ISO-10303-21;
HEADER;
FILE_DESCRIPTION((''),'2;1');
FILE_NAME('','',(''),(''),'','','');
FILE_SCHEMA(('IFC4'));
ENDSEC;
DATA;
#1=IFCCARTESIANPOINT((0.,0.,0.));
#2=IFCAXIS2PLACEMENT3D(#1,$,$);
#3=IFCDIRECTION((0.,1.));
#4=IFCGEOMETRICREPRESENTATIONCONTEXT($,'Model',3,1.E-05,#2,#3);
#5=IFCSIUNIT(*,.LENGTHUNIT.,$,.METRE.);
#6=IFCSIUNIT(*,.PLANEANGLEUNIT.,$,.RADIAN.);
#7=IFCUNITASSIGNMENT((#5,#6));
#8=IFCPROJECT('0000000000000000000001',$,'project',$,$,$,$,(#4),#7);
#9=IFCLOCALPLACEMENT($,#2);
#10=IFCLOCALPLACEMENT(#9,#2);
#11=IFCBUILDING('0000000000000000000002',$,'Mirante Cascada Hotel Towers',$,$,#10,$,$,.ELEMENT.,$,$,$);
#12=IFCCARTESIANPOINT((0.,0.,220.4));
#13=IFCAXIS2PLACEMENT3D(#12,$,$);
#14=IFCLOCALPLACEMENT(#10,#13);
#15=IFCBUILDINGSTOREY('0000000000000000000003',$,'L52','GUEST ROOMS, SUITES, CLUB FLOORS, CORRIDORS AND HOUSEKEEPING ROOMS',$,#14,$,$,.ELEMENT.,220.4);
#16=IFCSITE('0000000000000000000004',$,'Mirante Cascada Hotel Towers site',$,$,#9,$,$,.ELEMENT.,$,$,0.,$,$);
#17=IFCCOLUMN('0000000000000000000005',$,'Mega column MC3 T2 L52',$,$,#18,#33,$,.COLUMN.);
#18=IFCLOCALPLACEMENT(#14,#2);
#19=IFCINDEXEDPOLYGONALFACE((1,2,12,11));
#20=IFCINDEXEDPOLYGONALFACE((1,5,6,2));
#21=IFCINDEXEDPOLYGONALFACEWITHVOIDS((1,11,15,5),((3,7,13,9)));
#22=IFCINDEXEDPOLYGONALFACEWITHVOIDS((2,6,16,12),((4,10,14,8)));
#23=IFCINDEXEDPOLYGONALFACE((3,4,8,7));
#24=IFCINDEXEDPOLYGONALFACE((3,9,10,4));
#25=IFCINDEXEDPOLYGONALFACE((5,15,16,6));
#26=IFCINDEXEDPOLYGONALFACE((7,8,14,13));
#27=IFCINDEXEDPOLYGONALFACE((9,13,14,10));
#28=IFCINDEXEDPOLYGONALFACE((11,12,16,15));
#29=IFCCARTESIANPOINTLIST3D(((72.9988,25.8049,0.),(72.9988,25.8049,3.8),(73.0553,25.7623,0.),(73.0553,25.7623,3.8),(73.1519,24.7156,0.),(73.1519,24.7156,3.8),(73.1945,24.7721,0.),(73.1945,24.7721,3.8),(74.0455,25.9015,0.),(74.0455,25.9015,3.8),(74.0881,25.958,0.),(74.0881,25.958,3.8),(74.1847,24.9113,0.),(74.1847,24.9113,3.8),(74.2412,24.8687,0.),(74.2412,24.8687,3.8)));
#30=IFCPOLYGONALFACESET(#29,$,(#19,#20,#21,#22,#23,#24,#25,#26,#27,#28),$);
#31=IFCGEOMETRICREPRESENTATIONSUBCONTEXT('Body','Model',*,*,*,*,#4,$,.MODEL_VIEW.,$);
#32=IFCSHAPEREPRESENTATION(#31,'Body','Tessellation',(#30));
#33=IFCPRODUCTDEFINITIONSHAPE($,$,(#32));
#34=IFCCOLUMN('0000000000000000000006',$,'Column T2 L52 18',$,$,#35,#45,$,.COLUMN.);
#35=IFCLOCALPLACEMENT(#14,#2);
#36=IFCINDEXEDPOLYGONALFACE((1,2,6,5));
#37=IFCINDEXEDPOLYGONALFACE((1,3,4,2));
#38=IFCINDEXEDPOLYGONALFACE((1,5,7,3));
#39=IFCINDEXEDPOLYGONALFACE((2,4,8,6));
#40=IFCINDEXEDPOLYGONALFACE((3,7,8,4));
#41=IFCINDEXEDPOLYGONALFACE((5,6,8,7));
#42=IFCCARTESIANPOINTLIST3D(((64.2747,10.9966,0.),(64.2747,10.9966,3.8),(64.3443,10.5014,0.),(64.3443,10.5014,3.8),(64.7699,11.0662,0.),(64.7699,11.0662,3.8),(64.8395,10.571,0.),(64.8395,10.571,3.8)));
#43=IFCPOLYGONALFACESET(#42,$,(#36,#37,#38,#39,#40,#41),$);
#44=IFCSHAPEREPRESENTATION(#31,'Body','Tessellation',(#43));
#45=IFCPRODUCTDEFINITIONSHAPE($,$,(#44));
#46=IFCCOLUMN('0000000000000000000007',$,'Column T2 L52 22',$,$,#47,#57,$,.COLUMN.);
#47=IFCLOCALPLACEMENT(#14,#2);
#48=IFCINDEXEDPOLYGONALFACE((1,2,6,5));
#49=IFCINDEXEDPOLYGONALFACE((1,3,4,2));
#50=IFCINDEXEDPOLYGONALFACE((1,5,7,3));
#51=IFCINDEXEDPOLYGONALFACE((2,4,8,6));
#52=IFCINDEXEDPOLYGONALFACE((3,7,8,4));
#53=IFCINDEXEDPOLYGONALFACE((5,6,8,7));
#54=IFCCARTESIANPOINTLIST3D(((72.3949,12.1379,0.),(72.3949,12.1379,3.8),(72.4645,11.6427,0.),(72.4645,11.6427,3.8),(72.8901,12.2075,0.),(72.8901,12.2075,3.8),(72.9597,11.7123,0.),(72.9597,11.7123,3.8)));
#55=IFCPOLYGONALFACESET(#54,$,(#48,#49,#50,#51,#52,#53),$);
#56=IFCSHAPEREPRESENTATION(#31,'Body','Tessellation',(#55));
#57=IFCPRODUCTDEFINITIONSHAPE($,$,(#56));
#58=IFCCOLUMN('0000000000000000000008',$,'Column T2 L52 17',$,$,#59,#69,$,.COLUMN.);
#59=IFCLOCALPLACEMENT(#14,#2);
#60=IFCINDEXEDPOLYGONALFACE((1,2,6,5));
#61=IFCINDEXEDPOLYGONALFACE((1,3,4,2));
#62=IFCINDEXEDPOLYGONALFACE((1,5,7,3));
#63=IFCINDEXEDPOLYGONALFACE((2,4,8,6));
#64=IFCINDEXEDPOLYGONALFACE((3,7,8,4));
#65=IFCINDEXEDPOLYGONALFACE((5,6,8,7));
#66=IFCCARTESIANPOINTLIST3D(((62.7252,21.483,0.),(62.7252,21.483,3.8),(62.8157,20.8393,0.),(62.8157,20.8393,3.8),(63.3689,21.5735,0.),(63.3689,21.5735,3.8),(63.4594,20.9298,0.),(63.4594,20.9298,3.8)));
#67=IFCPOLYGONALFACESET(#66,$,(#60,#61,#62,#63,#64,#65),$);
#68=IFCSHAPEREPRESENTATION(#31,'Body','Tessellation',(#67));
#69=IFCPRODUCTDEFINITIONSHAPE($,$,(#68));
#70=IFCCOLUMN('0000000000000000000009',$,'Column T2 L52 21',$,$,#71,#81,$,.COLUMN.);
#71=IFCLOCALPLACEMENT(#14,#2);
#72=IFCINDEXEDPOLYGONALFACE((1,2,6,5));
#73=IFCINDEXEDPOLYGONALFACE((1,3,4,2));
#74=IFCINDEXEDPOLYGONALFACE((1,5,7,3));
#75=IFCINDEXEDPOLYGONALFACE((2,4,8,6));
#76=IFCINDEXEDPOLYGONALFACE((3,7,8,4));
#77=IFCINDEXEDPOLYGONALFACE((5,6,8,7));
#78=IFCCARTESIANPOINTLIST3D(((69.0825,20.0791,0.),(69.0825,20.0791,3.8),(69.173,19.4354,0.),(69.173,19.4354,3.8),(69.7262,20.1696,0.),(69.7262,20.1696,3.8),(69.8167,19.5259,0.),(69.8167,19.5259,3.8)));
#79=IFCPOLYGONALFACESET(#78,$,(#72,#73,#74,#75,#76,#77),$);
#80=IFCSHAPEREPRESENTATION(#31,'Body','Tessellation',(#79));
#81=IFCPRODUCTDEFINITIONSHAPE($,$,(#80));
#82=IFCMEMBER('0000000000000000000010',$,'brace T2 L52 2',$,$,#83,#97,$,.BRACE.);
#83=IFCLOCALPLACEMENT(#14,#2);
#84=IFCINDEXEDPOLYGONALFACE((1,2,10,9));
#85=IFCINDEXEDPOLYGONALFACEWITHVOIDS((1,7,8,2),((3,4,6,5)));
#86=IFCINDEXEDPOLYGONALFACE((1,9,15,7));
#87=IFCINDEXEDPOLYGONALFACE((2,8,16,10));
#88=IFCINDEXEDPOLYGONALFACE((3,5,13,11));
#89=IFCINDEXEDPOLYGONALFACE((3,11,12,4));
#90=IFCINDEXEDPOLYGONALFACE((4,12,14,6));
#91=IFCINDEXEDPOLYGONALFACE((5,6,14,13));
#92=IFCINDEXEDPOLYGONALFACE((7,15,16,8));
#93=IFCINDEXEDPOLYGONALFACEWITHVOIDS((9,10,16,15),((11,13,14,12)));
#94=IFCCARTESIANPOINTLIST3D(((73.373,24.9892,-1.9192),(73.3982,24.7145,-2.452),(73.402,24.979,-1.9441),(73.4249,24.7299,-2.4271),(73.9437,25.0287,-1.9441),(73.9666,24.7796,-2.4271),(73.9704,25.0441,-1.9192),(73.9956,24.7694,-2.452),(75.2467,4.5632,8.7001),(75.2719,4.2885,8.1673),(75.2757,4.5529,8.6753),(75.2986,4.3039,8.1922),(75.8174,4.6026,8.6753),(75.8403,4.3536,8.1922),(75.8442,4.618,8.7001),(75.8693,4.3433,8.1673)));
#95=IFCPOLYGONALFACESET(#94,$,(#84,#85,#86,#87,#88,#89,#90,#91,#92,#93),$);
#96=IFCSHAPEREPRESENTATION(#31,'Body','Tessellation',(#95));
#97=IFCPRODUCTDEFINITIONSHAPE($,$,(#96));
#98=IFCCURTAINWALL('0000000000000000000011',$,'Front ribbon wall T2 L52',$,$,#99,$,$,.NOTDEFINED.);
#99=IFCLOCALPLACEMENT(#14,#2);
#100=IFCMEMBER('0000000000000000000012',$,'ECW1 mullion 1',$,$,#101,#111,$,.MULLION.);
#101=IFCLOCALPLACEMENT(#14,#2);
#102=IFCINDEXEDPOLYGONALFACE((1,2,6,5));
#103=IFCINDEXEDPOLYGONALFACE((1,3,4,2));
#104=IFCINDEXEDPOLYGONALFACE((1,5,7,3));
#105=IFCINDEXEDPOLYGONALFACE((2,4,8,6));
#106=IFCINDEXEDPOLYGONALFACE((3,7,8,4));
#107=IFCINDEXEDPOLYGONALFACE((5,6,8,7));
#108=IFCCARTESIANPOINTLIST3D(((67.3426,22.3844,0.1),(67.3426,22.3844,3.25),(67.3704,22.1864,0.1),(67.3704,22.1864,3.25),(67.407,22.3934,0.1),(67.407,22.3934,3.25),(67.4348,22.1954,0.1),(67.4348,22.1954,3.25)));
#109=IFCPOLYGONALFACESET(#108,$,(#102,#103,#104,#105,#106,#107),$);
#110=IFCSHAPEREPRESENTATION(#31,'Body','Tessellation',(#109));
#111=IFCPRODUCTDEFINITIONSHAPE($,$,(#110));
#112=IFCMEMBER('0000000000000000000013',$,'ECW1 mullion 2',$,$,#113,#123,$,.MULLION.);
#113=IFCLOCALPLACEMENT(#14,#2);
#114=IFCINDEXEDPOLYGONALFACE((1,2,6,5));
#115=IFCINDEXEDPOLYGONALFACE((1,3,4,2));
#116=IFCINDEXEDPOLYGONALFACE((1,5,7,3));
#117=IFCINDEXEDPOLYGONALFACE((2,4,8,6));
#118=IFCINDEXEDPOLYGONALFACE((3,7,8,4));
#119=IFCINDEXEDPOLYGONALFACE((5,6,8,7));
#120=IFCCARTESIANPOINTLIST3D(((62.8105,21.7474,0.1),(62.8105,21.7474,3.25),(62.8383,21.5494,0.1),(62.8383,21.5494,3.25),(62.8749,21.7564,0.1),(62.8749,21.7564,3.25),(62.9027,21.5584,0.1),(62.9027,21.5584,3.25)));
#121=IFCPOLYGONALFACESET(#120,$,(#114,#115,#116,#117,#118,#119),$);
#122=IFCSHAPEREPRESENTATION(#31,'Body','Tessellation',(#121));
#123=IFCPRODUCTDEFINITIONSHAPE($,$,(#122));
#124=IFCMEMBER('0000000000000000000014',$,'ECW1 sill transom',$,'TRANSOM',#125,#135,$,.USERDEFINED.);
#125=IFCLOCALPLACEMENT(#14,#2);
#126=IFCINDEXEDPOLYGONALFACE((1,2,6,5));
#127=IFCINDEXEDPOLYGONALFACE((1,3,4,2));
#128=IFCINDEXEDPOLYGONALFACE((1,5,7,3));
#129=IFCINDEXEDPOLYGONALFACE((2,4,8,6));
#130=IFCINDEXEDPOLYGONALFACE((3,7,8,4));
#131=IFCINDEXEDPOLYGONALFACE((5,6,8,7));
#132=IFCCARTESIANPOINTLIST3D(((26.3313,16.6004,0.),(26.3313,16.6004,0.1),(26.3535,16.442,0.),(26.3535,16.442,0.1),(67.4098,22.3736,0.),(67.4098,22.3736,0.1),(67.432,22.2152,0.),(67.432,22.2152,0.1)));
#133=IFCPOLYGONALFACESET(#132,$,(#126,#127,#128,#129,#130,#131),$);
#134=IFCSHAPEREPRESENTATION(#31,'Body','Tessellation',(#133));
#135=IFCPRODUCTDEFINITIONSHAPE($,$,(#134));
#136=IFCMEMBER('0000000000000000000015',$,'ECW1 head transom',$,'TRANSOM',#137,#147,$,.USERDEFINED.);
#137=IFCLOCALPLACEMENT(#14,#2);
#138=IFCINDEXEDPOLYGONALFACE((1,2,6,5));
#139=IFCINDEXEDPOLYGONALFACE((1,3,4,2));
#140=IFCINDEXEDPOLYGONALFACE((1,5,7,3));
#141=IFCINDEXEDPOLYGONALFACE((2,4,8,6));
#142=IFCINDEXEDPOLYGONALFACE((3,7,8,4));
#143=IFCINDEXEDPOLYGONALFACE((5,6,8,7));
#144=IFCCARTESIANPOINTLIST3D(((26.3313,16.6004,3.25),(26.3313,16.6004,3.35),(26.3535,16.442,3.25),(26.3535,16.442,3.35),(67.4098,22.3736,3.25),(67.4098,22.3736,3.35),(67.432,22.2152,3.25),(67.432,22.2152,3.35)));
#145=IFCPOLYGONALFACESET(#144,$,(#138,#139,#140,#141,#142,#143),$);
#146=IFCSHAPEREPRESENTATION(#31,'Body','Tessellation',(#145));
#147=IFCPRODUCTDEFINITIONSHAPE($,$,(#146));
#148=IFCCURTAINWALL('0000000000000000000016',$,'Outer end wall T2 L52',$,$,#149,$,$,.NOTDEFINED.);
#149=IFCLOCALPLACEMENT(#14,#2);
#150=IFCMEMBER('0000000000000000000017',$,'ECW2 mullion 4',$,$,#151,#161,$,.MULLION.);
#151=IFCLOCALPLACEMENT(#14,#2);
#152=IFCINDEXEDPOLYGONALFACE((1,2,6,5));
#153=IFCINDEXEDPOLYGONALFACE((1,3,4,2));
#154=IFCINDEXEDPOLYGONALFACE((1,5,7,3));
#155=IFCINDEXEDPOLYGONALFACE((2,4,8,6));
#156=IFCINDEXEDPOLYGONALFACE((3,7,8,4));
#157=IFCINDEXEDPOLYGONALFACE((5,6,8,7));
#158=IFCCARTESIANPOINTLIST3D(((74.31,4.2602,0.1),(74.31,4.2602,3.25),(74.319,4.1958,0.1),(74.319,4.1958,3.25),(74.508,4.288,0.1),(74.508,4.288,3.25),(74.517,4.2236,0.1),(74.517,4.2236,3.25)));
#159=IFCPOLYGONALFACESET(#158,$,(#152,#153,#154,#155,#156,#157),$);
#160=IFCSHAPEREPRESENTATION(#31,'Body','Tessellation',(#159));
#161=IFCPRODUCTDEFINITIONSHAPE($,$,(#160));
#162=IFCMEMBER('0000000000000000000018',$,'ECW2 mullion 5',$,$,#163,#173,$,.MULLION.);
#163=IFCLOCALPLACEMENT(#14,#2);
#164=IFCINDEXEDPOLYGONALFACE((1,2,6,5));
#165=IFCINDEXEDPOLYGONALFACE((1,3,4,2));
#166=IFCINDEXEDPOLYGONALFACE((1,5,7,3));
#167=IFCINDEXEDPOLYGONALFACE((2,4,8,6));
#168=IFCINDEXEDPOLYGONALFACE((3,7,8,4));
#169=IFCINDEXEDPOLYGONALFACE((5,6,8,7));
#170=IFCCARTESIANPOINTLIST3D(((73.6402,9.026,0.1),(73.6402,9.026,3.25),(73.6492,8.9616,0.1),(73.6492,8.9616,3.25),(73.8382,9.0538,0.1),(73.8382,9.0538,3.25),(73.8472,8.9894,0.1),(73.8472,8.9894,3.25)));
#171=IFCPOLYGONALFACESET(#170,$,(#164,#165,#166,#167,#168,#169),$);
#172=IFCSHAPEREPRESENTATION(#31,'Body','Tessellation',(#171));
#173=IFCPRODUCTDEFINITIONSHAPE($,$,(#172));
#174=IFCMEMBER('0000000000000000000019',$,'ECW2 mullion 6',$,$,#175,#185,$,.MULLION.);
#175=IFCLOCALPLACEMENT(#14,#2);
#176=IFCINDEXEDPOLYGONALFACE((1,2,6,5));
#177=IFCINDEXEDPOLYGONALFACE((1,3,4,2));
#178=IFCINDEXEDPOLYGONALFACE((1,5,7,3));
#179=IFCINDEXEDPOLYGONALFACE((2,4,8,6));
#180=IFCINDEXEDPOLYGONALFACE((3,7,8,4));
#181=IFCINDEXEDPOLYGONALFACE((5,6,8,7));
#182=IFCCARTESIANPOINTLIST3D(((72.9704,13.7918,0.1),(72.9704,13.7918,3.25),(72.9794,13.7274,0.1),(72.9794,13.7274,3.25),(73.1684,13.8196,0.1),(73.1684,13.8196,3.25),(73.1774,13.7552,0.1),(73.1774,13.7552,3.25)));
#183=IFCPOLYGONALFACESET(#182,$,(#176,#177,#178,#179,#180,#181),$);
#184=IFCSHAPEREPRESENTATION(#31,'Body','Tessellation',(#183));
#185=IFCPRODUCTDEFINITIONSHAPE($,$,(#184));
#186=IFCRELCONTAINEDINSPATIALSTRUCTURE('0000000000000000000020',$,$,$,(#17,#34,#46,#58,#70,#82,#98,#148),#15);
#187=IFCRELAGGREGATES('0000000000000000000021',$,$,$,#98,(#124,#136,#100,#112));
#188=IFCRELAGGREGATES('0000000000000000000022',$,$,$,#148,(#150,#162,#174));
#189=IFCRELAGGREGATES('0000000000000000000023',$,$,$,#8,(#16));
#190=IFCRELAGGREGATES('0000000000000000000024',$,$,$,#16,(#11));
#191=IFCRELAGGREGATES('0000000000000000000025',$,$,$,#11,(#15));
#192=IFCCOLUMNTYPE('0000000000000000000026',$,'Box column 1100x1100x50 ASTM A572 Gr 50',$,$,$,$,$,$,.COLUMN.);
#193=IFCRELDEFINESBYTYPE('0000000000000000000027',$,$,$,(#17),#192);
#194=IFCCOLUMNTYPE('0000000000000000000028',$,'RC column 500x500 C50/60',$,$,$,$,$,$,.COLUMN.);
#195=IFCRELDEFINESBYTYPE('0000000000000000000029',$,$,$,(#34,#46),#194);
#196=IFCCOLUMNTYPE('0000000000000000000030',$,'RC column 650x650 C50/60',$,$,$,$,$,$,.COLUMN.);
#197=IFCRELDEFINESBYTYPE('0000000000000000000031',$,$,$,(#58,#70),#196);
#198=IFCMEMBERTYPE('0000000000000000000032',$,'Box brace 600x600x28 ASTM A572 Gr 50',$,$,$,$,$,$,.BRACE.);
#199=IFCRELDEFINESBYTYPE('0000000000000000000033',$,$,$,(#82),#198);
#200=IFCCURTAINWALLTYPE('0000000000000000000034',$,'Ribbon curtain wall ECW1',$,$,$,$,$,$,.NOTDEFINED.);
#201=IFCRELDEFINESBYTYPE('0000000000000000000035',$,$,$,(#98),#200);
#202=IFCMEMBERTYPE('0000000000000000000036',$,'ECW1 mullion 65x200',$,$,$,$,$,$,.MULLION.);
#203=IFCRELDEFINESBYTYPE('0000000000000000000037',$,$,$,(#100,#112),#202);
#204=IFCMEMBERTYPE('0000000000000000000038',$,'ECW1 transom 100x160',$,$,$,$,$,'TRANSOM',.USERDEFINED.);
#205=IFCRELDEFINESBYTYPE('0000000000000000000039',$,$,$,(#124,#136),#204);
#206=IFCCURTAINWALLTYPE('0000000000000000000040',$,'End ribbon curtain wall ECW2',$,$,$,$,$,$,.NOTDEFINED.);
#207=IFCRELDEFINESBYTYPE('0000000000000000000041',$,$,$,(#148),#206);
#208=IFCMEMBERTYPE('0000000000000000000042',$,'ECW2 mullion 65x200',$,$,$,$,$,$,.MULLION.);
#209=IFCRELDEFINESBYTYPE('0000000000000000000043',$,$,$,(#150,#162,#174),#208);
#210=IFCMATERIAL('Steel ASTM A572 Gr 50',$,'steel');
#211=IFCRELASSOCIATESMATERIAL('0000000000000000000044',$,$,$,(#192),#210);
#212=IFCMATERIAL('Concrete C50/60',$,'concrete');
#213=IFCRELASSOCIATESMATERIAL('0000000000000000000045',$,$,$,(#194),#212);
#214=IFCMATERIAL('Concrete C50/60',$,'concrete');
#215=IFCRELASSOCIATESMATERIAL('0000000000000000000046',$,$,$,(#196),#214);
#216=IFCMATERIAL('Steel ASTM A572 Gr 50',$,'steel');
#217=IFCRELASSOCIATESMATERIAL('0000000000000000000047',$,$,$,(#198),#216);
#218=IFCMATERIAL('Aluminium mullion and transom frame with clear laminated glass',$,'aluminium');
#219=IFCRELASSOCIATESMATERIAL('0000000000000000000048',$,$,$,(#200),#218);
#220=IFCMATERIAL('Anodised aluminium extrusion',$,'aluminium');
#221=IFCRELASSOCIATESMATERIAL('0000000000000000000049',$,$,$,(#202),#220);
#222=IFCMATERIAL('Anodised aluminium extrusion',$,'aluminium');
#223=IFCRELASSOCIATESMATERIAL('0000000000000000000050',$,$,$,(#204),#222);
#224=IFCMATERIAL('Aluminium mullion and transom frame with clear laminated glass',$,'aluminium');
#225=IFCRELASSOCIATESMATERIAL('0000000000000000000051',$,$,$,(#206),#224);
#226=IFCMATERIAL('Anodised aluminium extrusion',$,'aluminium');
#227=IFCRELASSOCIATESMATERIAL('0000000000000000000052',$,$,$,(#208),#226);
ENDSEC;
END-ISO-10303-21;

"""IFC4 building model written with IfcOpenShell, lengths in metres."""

from ifc_helpers import new_model, si_unit, direction, frame, origin, origin_2d, place, context, subcontext, project, spatial, rectangle, hollow_rectangle, extrude, material, material_profile, profile_set, type_object, element, aggregate, save


model = new_model("IFC4")

# Units and contexts
model_context = context("Model", 3, precision=1e-05, world=origin(), true_north=direction((0.0, 1.0)))
body_context = subcontext(model_context, "Body", "Model", "MODEL_VIEW")
ifc_project = project(units=[si_unit("LENGTHUNIT", "METRE"), si_unit("PLANEANGLEUNIT", "RADIAN")], contexts=[model_context])

# Site, building, storey
site_placement = place(None, origin())
site = spatial("IfcSite", under=ifc_project, at=site_placement, Name="Mirante Cascada Hotel Towers site", CompositionType="ELEMENT", RefElevation=0.0)
building_placement = place(site_placement, origin())
building = spatial("IfcBuilding", under=site, at=building_placement, Name="Mirante Cascada Hotel Towers", CompositionType="ELEMENT")
storey_placement = place(building_placement, frame((0.0, 0.0, 220.4)))
storey = spatial("IfcBuildingStorey", under=building, at=storey_placement, Name="L52", Description="GUEST ROOMS, SUITES, CLUB FLOORS, CORRIDORS AND HOUSEKEEPING ROOMS", CompositionType="ELEMENT", Elevation=220.4)

# Columns
ifc_material_1 = material(Name="Steel ASTM A572 Gr 50", Category="steel")
ifc_material_profile_1 = material_profile(ifc_material_1, hollow_rectangle(XDim=1.1, YDim=1.1, WallThickness=0.05, at=origin_2d()), Name="Box column 1100x1100x50 ASTM A572 Gr 50")
ifc_profile_set_1 = profile_set([ifc_material_profile_1], Name="Steel ASTM A572 Gr 50")
column_type_1 = type_object("IfcColumnType", Name="Box column 1100x1100x50 ASTM A572 Gr 50", PredefinedType="COLUMN", material=ifc_profile_set_1)
column_placement = place(storey_placement, frame((73.62, 25.3368, 0.0), z_axis=(0.0, 0.0, 1.0), x_axis=(0.990268, 0.139173, 0.0)))
element("IfcColumn", 1, at=column_placement, inside=storey, type_object=column_type_1, Name="Mega column MC3 T2 L52", PredefinedType="COLUMN", context=body_context, shape_type="SweptSolid", body=[
    extrude(hollow_rectangle(XDim=1.1, YDim=1.1, WallThickness=0.05, at=origin_2d()), origin(), (0.0, 0.0, 1.0), 3.8),
])
ifc_material_2 = material(Name="Concrete C50/60", Category="concrete")
ifc_material_profile_2 = material_profile(ifc_material_2, rectangle(XDim=0.5, YDim=0.5, at=origin_2d()), Name="RC column 500x500 C50/60")
ifc_profile_set_2 = profile_set([ifc_material_profile_2], Name="Concrete C50/60")
column_type_2 = type_object("IfcColumnType", Name="RC column 500x500 C50/60", PredefinedType="COLUMN", material=ifc_profile_set_2)
for number, where, z_axis, x_axis, name in (
    (2, (64.5571, 10.7838, 0.0), (0.0, 0.0, 1.0), (0.990268, 0.139173, 0.0), "Column T2 L52 18"),
    (3, (72.6773, 11.9251, 0.0), (0.0, 0.0, 1.0), (0.990268, 0.139173, 0.0), "Column T2 L52 22"),
):
    element("IfcColumn", number, at=place(storey_placement, frame(where, z_axis=z_axis, x_axis=x_axis)), inside=storey, type_object=column_type_2, Name=name, PredefinedType="COLUMN", context=body_context, shape_type="SweptSolid", body=[
        extrude(rectangle(XDim=0.5, YDim=0.5, at=origin_2d()), origin(), (0.0, 0.0, 1.0), 3.8),
    ])
ifc_material_3 = material(Name="Concrete C50/60", Category="concrete")
ifc_material_profile_3 = material_profile(ifc_material_3, rectangle(XDim=0.65, YDim=0.65, at=origin_2d()), Name="RC column 650x650 C50/60")
ifc_profile_set_3 = profile_set([ifc_material_profile_3], Name="Concrete C50/60")
column_type_3 = type_object("IfcColumnType", Name="RC column 650x650 C50/60", PredefinedType="COLUMN", material=ifc_profile_set_3)
for number, where, z_axis, x_axis, name in (
    (4, (63.0923, 21.2064, 0.0), (0.0, 0.0, 1.0), (0.990268, 0.139173, 0.0), "Column T2 L52 17"),
    (5, (69.4496, 19.8025, 0.0), (0.0, 0.0, 1.0), (0.990268, 0.139173, 0.0), "Column T2 L52 21"),
):
    element("IfcColumn", number, at=place(storey_placement, frame(where, z_axis=z_axis, x_axis=x_axis)), inside=storey, type_object=column_type_3, Name=name, PredefinedType="COLUMN", context=body_context, shape_type="SweptSolid", body=[
        extrude(rectangle(XDim=0.65, YDim=0.65, at=origin_2d()), origin(), (0.0, 0.0, 1.0), 3.8),
    ])

# Member
ifc_material_4 = material(Name="Steel ASTM A572 Gr 50", Category="steel")
ifc_material_profile_4 = material_profile(ifc_material_4, hollow_rectangle(XDim=0.6, YDim=0.6, WallThickness=0.028, at=origin_2d()), Name="Box brace 600x600x28 ASTM A572 Gr 50")
ifc_profile_set_4 = profile_set([ifc_material_profile_4], Name="Steel ASTM A572 Gr 50")
member_type_1 = type_object("IfcMemberType", Name="Box brace 600x600x28 ASTM A572 Gr 50", PredefinedType="BRACE", material=ifc_profile_set_4)
member_1_placement = place(storey_placement, frame((73.6843, 24.8793, -2.1856), z_axis=(0.081121, -0.884332, 0.459757), x_axis=(0.995819, 0.091348, 0.0)))
element("IfcMember", 6, at=member_1_placement, inside=storey, type_object=member_type_1, Name="brace T2 L52 2", PredefinedType="BRACE", context=body_context, shape_type="SweptSolid", body=[
    extrude(hollow_rectangle(XDim=0.6, YDim=0.6, WallThickness=0.028, at=origin_2d()), origin(), (0.0, 0.0, 1.0), 23.0977),
])

# Curtain walls, members
ifc_material_5 = material(Name="Aluminium mullion and transom frame with clear laminated glass", Category="aluminium")
curtain_wall_type_1 = type_object("IfcCurtainWallType", Name="Ribbon curtain wall ECW1", PredefinedType="NOTDEFINED", material=ifc_material_5)
curtain_wall_1_placement = place(storey_placement, origin())
curtain_wall_1 = element("IfcCurtainWall", 7, at=curtain_wall_1_placement, inside=storey, type_object=curtain_wall_type_1, Name="Front ribbon wall T2 L52", PredefinedType="NOTDEFINED")
ifc_material_6 = material(Name="Anodised aluminium extrusion", Category="aluminium")
ifc_material_profile_5 = material_profile(ifc_material_6, rectangle(XDim=0.2, YDim=0.065, at=origin_2d()), Name="ECW1 MULLION 65x200")
ifc_profile_set_5 = profile_set([ifc_material_profile_5], Name="Anodised aluminium extrusion")
member_type_2 = type_object("IfcMemberType", Name="ECW1 mullion 65x200", PredefinedType="MULLION", material=ifc_profile_set_5)
member_2_placement = place(storey_placement, frame((67.3887, 22.2899, 0.1), z_axis=(0.0, 0.0, 1.0), x_axis=(0.139173, -0.990268, 0.0)))
member_2 = element("IfcMember", 8, at=member_2_placement, type_object=member_type_2, Name="ECW1 mullion 1", PredefinedType="MULLION", context=body_context, shape_type="SweptSolid", body=[
    extrude(rectangle(XDim=0.2, YDim=0.065, at=origin_2d()), origin(), (0.0, 0.0, 1.0), 3.15),
])
member_3_placement = place(storey_placement, frame((62.8566, 21.6529, 0.1), z_axis=(0.0, 0.0, 1.0), x_axis=(0.139173, -0.990268, 0.0)))
member_3 = element("IfcMember", 9, at=member_3_placement, type_object=member_type_2, Name="ECW1 mullion 2", PredefinedType="MULLION", context=body_context, shape_type="SweptSolid", body=[
    extrude(rectangle(XDim=0.2, YDim=0.065, at=origin_2d()), origin(), (0.0, 0.0, 1.0), 3.15),
])
ifc_material_7 = material(Name="Anodised aluminium extrusion", Category="aluminium")
ifc_material_profile_6 = material_profile(ifc_material_7, rectangle(XDim=0.16, YDim=0.1, at=origin_2d()), Name="ECW1 TRANSOM 100x160")
ifc_profile_set_6 = profile_set([ifc_material_profile_6], Name="Anodised aluminium extrusion")
member_type_3 = type_object("IfcMemberType", Name="ECW1 transom 100x160", ElementType="TRANSOM", PredefinedType="USERDEFINED", material=ifc_profile_set_6)
member_4_placement = place(storey_placement, frame((67.4209, 22.2944, 0.05), z_axis=(-0.990268, -0.139173, 0.0), x_axis=(0.139173, -0.990268, 0.0)))
member_4 = element("IfcMember", 10, at=member_4_placement, type_object=member_type_3, Name="ECW1 sill transom", ObjectType="TRANSOM", PredefinedType="USERDEFINED", context=body_context, shape_type="SweptSolid", body=[
    extrude(rectangle(XDim=0.16, YDim=0.1, at=origin_2d()), origin(), (0.0, 0.0, 1.0), 41.4822),
])
member_5_placement = place(storey_placement, frame((67.4209, 22.2944, 3.3), z_axis=(-0.990268, -0.139173, 0.0), x_axis=(0.139173, -0.990268, 0.0)))
member_5 = element("IfcMember", 11, at=member_5_placement, type_object=member_type_3, Name="ECW1 head transom", ObjectType="TRANSOM", PredefinedType="USERDEFINED", context=body_context, shape_type="SweptSolid", body=[
    extrude(rectangle(XDim=0.16, YDim=0.1, at=origin_2d()), origin(), (0.0, 0.0, 1.0), 41.4822),
])
ifc_material_8 = material(Name="Aluminium mullion and transom frame with clear laminated glass", Category="aluminium")
curtain_wall_type_2 = type_object("IfcCurtainWallType", Name="End ribbon curtain wall ECW2", PredefinedType="NOTDEFINED", material=ifc_material_8)
curtain_wall_2_placement = place(storey_placement, origin())
curtain_wall_2 = element("IfcCurtainWall", 12, at=curtain_wall_2_placement, inside=storey, type_object=curtain_wall_type_2, Name="Outer end wall T2 L52", PredefinedType="NOTDEFINED")
ifc_material_9 = material(Name="Anodised aluminium extrusion", Category="aluminium")
ifc_material_profile_7 = material_profile(ifc_material_9, rectangle(XDim=0.2, YDim=0.065, at=origin_2d()), Name="ECW2 MULLION 65x200")
ifc_profile_set_7 = profile_set([ifc_material_profile_7], Name="Anodised aluminium extrusion")
member_type_4 = type_object("IfcMemberType", Name="ECW2 mullion 65x200", PredefinedType="MULLION", material=ifc_profile_set_7)
member_6_placement = place(storey_placement, frame((74.4135, 4.2419, 0.1), z_axis=(0.0, 0.0, 1.0), x_axis=(-0.990268, -0.139173, 0.0)))
member_6 = element("IfcMember", 13, at=member_6_placement, type_object=member_type_4, Name="ECW2 mullion 4", PredefinedType="MULLION", context=body_context, shape_type="SweptSolid", body=[
    extrude(rectangle(XDim=0.2, YDim=0.065, at=origin_2d()), origin(), (0.0, 0.0, 1.0), 3.15),
])
member_7_placement = place(storey_placement, frame((73.7437, 9.0077, 0.1), z_axis=(0.0, 0.0, 1.0), x_axis=(-0.990268, -0.139173, 0.0)))
member_7 = element("IfcMember", 14, at=member_7_placement, type_object=member_type_4, Name="ECW2 mullion 5", PredefinedType="MULLION", context=body_context, shape_type="SweptSolid", body=[
    extrude(rectangle(XDim=0.2, YDim=0.065, at=origin_2d()), origin(), (0.0, 0.0, 1.0), 3.15),
])
member_8_placement = place(storey_placement, frame((73.0739, 13.7735, 0.1), z_axis=(0.0, 0.0, 1.0), x_axis=(-0.990268, -0.139173, 0.0)))
member_8 = element("IfcMember", 15, at=member_8_placement, type_object=member_type_4, Name="ECW2 mullion 6", PredefinedType="MULLION", context=body_context, shape_type="SweptSolid", body=[
    extrude(rectangle(XDim=0.2, YDim=0.065, at=origin_2d()), origin(), (0.0, 0.0, 1.0), 3.15),
])

aggregate(curtain_wall_1, [member_4, member_5, member_2, member_3])
aggregate(curtain_wall_2, [member_6, member_7, member_8])

save(model, "model.ifc")
